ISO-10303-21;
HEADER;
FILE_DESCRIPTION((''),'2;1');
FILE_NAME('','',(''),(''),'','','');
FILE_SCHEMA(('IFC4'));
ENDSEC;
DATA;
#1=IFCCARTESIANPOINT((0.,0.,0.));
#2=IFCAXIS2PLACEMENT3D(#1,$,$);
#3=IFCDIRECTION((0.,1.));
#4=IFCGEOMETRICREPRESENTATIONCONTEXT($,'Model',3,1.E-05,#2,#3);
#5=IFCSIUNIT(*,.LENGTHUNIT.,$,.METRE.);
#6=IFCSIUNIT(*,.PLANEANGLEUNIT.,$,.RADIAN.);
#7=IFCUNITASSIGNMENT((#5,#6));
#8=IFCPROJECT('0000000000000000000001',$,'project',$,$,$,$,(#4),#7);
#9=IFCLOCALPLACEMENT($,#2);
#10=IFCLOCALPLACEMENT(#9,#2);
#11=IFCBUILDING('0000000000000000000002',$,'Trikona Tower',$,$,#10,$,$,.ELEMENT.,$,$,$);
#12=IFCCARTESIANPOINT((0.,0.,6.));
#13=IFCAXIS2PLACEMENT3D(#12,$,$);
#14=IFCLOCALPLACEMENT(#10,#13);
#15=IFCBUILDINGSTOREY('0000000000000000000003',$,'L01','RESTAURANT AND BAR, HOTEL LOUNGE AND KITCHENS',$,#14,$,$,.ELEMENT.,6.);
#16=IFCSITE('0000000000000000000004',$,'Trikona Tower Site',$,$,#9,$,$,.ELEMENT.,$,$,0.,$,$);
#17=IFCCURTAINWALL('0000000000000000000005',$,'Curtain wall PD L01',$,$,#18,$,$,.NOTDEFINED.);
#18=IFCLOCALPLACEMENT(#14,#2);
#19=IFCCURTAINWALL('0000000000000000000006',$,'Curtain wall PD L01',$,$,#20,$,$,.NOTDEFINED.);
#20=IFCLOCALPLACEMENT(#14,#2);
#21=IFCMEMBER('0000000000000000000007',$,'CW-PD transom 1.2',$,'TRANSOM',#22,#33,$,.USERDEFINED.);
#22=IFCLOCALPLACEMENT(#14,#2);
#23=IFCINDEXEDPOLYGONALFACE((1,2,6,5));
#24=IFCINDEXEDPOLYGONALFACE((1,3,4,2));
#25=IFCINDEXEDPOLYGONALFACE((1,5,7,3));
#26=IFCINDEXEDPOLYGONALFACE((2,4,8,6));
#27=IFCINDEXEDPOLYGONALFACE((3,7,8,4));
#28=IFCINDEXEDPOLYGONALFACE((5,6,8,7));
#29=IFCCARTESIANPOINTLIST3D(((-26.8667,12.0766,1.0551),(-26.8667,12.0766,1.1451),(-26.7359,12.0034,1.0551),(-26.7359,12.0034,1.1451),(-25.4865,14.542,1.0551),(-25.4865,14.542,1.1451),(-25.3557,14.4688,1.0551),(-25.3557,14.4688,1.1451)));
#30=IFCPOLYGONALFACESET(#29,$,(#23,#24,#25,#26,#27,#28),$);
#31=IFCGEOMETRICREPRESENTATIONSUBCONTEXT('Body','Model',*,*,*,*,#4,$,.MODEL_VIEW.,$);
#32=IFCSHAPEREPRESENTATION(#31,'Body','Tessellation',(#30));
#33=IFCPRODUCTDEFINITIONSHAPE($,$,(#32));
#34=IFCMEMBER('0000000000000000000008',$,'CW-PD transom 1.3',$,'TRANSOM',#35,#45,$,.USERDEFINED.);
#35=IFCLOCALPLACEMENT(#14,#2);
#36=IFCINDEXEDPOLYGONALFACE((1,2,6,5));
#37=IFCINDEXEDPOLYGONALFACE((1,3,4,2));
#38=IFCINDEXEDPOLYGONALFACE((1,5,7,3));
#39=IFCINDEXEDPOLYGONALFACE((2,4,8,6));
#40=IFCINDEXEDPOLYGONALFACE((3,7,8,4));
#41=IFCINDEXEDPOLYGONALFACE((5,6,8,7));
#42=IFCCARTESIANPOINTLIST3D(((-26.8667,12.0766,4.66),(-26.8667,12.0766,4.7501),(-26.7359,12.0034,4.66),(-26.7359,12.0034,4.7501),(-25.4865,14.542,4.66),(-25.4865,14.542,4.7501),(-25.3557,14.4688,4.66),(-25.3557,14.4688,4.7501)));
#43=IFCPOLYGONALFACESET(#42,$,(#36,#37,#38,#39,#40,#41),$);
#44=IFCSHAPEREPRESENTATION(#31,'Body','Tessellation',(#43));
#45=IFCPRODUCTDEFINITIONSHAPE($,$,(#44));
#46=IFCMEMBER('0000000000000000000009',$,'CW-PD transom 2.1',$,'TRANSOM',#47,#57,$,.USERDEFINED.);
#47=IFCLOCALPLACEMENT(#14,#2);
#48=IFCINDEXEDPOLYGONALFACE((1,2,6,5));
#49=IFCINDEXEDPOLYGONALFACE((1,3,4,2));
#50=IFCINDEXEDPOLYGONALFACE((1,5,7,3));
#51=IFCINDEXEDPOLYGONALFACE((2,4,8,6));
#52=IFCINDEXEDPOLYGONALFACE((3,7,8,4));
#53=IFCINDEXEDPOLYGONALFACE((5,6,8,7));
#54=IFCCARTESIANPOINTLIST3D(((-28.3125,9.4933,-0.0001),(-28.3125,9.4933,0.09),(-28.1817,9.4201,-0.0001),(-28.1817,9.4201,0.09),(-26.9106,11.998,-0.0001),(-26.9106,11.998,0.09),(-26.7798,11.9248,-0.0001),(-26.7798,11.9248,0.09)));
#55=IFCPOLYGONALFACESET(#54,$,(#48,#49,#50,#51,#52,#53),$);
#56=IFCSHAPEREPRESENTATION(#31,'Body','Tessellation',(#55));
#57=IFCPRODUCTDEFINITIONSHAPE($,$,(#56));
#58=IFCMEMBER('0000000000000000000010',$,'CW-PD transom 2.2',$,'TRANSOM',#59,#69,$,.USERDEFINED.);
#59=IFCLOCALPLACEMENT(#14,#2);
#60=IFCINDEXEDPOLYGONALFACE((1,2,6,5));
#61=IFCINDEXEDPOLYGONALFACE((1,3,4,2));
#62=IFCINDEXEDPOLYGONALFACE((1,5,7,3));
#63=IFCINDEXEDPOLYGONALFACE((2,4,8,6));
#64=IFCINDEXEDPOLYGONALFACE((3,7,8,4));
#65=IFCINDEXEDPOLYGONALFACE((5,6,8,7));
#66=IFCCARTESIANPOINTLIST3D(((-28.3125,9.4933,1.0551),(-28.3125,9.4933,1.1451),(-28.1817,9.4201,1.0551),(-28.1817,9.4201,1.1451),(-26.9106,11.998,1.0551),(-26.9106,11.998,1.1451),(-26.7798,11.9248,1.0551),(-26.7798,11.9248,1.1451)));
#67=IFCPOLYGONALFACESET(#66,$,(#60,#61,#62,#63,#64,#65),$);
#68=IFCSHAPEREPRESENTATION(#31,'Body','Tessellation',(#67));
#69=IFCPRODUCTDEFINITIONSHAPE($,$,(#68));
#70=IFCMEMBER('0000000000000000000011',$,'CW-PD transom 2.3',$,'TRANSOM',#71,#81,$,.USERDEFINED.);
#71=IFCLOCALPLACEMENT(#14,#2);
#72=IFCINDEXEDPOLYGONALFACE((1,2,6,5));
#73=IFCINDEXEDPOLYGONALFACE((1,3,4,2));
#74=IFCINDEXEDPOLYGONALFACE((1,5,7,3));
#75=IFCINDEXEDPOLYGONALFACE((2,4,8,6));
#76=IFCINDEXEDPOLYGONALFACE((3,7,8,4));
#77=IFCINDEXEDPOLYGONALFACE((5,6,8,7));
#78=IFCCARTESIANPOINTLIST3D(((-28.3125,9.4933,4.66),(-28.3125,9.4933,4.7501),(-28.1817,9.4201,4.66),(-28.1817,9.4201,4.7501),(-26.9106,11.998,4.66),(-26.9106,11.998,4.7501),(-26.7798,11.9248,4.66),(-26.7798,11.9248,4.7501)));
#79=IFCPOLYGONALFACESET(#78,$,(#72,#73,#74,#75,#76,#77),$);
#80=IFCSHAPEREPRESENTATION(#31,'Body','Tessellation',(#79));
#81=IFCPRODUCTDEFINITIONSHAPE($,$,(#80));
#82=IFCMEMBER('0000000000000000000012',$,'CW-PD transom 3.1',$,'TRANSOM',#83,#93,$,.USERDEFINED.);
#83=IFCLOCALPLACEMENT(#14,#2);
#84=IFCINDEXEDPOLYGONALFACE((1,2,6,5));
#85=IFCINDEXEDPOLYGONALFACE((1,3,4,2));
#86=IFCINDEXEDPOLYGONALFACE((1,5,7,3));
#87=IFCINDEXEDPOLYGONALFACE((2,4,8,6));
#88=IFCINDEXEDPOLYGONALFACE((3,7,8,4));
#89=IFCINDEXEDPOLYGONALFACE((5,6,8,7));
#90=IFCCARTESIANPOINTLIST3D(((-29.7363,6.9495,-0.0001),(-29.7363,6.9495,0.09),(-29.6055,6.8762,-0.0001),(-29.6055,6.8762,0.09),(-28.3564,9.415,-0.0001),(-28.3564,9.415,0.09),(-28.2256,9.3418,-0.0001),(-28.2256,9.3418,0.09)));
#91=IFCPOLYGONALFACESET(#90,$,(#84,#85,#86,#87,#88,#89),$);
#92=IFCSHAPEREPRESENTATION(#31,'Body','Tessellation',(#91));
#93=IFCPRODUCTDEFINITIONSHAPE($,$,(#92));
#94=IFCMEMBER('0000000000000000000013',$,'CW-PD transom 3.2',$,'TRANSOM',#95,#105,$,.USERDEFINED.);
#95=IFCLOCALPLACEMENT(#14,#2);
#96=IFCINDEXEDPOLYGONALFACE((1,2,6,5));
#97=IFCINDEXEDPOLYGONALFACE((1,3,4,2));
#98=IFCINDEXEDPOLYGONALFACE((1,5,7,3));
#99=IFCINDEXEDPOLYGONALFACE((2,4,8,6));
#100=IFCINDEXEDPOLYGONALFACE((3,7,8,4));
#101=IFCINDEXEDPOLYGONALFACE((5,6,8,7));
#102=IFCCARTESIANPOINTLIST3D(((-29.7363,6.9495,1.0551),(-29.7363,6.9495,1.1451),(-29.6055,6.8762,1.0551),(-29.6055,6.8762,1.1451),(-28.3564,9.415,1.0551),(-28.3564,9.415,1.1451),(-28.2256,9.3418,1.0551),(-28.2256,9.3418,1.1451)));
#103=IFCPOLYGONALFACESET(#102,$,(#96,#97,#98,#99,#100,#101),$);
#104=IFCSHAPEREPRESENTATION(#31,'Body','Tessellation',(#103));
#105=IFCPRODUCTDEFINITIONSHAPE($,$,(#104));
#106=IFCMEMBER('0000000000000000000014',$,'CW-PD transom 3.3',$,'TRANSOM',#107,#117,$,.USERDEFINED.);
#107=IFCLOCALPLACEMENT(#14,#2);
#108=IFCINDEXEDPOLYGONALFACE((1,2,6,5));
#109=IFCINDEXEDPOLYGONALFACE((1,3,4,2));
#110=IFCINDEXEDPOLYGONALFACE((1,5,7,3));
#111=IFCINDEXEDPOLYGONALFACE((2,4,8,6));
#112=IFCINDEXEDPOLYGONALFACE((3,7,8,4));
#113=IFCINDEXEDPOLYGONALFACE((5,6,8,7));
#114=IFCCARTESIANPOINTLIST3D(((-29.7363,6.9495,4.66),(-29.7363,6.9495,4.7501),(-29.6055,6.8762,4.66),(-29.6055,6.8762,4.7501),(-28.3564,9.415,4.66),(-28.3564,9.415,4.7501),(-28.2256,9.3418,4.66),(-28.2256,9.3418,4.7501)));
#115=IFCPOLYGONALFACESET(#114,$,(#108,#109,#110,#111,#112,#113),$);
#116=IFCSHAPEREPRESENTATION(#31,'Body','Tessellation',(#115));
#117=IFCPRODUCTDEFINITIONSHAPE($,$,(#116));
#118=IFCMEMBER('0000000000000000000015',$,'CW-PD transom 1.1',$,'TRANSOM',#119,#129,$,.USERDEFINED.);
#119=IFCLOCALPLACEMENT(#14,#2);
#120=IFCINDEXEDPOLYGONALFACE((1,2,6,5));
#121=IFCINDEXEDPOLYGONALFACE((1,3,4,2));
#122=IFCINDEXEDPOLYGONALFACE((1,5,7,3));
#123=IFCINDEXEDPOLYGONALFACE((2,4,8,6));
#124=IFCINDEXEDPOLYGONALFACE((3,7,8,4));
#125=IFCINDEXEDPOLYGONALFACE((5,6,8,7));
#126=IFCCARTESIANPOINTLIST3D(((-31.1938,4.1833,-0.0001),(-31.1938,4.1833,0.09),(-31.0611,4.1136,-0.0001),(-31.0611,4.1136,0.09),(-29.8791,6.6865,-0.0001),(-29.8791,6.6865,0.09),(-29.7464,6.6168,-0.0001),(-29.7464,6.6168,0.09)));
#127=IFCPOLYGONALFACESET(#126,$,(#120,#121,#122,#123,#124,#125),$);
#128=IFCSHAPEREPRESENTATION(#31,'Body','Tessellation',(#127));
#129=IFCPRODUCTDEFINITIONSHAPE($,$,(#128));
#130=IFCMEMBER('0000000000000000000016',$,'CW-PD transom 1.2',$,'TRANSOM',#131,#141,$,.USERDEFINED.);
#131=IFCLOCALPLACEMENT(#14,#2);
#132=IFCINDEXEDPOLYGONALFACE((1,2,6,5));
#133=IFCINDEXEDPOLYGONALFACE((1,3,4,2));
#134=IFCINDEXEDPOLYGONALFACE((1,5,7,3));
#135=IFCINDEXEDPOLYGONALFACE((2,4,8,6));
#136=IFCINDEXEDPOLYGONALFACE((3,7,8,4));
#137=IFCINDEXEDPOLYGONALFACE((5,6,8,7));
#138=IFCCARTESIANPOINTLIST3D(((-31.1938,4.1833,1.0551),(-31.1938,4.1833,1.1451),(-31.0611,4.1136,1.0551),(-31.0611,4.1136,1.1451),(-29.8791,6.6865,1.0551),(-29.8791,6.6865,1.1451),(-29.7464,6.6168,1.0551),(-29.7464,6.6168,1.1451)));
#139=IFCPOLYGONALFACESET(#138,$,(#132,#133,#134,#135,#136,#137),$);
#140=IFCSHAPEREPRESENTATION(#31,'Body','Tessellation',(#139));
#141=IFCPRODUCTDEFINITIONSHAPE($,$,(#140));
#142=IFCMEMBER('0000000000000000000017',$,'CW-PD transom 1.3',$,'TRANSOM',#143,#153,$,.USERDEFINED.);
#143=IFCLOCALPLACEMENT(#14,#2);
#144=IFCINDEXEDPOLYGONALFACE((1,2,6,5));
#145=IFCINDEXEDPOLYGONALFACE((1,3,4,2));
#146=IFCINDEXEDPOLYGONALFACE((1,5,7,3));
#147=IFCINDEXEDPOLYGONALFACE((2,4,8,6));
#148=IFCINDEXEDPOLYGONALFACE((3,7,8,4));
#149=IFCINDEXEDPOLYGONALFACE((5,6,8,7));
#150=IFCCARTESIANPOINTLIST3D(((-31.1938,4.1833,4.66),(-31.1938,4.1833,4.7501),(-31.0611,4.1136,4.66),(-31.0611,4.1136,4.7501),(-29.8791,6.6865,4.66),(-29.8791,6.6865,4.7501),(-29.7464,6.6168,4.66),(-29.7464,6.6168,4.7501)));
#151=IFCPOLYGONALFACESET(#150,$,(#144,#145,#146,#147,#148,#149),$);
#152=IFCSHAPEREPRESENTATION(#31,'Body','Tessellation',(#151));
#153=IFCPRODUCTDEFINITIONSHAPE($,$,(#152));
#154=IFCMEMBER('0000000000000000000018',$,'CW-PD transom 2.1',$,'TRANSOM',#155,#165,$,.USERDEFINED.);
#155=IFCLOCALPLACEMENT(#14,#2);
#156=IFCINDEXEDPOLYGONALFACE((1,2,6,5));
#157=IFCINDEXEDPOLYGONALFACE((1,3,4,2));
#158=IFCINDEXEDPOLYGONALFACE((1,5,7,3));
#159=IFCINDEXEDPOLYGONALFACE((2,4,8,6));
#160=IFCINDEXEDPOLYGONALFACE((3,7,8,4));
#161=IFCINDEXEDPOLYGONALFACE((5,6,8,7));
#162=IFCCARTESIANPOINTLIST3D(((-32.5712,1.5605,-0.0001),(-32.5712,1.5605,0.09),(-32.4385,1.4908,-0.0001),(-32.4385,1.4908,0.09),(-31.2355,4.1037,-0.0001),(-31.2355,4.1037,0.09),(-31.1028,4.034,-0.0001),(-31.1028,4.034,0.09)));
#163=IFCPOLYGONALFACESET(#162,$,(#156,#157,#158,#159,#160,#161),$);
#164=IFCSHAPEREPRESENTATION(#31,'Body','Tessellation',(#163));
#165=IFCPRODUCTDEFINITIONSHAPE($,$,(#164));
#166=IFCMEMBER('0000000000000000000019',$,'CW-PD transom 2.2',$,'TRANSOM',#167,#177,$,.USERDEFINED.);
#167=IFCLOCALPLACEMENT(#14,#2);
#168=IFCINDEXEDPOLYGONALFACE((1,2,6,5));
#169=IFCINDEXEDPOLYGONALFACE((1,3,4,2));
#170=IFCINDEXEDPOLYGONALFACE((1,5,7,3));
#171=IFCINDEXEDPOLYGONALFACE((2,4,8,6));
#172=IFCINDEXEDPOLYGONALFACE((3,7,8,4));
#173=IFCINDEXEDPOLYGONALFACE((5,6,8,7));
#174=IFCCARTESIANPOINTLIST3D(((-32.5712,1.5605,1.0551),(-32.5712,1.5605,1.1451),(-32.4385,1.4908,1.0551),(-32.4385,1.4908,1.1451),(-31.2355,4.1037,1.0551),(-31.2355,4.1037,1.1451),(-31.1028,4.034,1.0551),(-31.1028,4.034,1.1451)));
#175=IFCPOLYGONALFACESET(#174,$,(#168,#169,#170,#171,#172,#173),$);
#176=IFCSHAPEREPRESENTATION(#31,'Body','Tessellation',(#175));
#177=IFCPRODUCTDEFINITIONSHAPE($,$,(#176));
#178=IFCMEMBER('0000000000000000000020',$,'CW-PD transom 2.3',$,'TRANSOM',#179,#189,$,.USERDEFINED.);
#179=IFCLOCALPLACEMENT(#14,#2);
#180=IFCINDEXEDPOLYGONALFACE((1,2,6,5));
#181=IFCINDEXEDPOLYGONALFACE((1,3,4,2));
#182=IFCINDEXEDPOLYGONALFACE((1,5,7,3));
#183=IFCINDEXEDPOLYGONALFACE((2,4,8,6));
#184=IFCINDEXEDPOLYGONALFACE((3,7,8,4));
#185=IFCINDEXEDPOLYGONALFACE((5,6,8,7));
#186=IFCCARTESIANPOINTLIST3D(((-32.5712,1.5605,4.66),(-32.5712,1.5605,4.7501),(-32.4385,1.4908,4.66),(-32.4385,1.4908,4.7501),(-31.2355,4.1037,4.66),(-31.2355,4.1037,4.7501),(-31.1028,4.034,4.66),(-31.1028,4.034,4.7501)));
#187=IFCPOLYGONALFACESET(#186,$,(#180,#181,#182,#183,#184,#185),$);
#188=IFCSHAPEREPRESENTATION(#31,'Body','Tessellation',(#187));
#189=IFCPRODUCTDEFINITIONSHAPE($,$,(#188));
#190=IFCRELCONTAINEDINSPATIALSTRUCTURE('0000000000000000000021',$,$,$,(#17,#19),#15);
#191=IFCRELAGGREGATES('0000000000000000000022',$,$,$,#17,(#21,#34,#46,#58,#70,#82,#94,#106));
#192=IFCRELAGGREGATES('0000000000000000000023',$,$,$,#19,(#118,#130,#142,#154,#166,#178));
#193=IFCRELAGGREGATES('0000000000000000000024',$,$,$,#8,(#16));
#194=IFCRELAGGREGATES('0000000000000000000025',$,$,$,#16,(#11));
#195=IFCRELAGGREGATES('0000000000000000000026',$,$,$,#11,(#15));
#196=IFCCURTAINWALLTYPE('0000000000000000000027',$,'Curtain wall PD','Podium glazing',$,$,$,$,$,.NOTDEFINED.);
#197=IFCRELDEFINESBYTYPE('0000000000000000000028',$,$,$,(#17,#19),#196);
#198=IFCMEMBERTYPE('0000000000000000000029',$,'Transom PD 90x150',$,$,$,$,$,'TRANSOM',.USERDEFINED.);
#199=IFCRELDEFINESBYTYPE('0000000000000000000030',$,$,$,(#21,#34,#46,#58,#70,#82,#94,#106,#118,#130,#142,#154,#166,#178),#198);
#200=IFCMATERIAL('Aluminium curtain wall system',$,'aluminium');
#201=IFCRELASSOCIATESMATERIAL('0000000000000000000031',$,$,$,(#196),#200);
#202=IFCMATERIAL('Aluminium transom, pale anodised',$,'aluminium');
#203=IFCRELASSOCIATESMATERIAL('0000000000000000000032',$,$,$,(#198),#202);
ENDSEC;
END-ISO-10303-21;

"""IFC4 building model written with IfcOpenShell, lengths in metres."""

from ifc_helpers import new_model, si_unit, direction, frame, origin, origin_2d, place, context, subcontext, project, spatial, rectangle, extrude, material, material_profile, profile_set, type_object, element, aggregate, save


model = new_model("IFC4")

# Units and contexts
model_context = context("Model", 3, precision=1e-05, world=origin(), true_north=direction((0.0, 1.0)))
body_context = subcontext(model_context, "Body", "Model", "MODEL_VIEW")
ifc_project = project(units=[si_unit("LENGTHUNIT", "METRE"), si_unit("PLANEANGLEUNIT", "RADIAN")], contexts=[model_context])

# Site, building, storey
site_placement = place(None, origin())
site = spatial("IfcSite", under=ifc_project, at=site_placement, Name="Trikona Tower Site", CompositionType="ELEMENT", RefElevation=0.0)
building_placement = place(site_placement, origin())
building = spatial("IfcBuilding", under=site, at=building_placement, Name="Trikona Tower", CompositionType="ELEMENT")
storey_placement = place(building_placement, frame((0.0, 0.0, 6.0)))
storey = spatial("IfcBuildingStorey", under=building, at=storey_placement, Name="L01", Description="RESTAURANT AND BAR, HOTEL LOUNGE AND KITCHENS", CompositionType="ELEMENT", Elevation=6.0)

# Shared definitions
ifc_material_1 = material(Name="Aluminium curtain wall system", Category="aluminium")
curtain_wall_type = type_object("IfcCurtainWallType", Name="Curtain wall PD", Description="Podium glazing", PredefinedType="NOTDEFINED", material=ifc_material_1)

# Curtain walls
curtain_wall_1_placement = place(storey_placement, origin())
curtain_wall_1 = element("IfcCurtainWall", 1, at=curtain_wall_1_placement, inside=storey, type_object=curtain_wall_type, Name="Curtain wall PD L01", PredefinedType="NOTDEFINED")
curtain_wall_2_placement = place(storey_placement, origin())
curtain_wall_2 = element("IfcCurtainWall", 2, at=curtain_wall_2_placement, inside=storey, type_object=curtain_wall_type, Name="Curtain wall PD L01", PredefinedType="NOTDEFINED")

# Members
ifc_material_2 = material(Name="Aluminium transom, pale anodised", Category="aluminium")
ifc_material_profile_1 = material_profile(ifc_material_2, rectangle(XDim=0.1499, YDim=0.0901, at=origin_2d()), Name="TRN-PD")
ifc_profile_set_1 = profile_set([ifc_material_profile_1], Name="Aluminium transom, pale anodised")
member_type_1 = type_object("IfcMemberType", Name="Transom PD 90x150", ElementType="TRANSOM", PredefinedType="USERDEFINED", material=ifc_profile_set_1)
member_1_placement = place(storey_placement, frame((-25.4211, 14.5054, 1.1001), z_axis=(-0.48848, -0.872575, 0.0), x_axis=(0.872575, -0.48848, 0.0)))
member_1 = element("IfcMember", 3, at=member_1_placement, type_object=member_type_1, Name="CW-PD transom 1.2", ObjectType="TRANSOM", PredefinedType="USERDEFINED", context=body_context, shape_type="SweptSolid", body=[
    extrude(rectangle(XDim=0.1499, YDim=0.0901, at=origin_2d()), origin(), (0.0, 0.0, 1.0), 2.8254),
])
member_2_placement = place(storey_placement, frame((-25.4211, 14.5054, 4.7051), z_axis=(-0.48848, -0.872575, 0.0), x_axis=(0.872575, -0.48848, 0.0)))
member_2 = element("IfcMember", 4, at=member_2_placement, type_object=member_type_1, Name="CW-PD transom 1.3", ObjectType="TRANSOM", PredefinedType="USERDEFINED", context=body_context, shape_type="SweptSolid", body=[
    extrude(rectangle(XDim=0.1499, YDim=0.0901, at=origin_2d()), origin(), (0.0, 0.0, 1.0), 2.8254),
])
member_3_placement = place(storey_placement, frame((-26.8452, 11.9614, 0.0449), z_axis=(-0.488407, -0.872616, 0.0), x_axis=(0.872616, -0.488407, 0.0)))
member_3 = element("IfcMember", 5, at=member_3_placement, type_object=member_type_1, Name="CW-PD transom 2.1", ObjectType="TRANSOM", PredefinedType="USERDEFINED", context=body_context, shape_type="SweptSolid", body=[
    extrude(rectangle(XDim=0.1499, YDim=0.0901, at=origin_2d()), origin(), (0.0, 0.0, 1.0), 2.8704),
])
member_4_placement = place(storey_placement, frame((-26.8452, 11.9614, 1.1001), z_axis=(-0.488407, -0.872616, 0.0), x_axis=(0.872616, -0.488407, 0.0)))
member_4 = element("IfcMember", 6, at=member_4_placement, type_object=member_type_1, Name="CW-PD transom 2.2", ObjectType="TRANSOM", PredefinedType="USERDEFINED", context=body_context, shape_type="SweptSolid", body=[
    extrude(rectangle(XDim=0.1499, YDim=0.0901, at=origin_2d()), origin(), (0.0, 0.0, 1.0), 2.8704),
])
member_5_placement = place(storey_placement, frame((-26.8452, 11.9614, 4.7051), z_axis=(-0.488407, -0.872616, 0.0), x_axis=(0.872616, -0.488407, 0.0)))
member_5 = element("IfcMember", 7, at=member_5_placement, type_object=member_type_1, Name="CW-PD transom 2.3", ObjectType="TRANSOM", PredefinedType="USERDEFINED", context=body_context, shape_type="SweptSolid", body=[
    extrude(rectangle(XDim=0.1499, YDim=0.0901, at=origin_2d()), origin(), (0.0, 0.0, 1.0), 2.8704),
])
member_6_placement = place(storey_placement, frame((-28.291, 9.3784, 0.0449), z_axis=(-0.488377, -0.872633, 0.0), x_axis=(0.872633, -0.488377, 0.0)))
member_6 = element("IfcMember", 8, at=member_6_placement, type_object=member_type_1, Name="CW-PD transom 3.1", ObjectType="TRANSOM", PredefinedType="USERDEFINED", context=body_context, shape_type="SweptSolid", body=[
    extrude(rectangle(XDim=0.1499, YDim=0.0901, at=origin_2d()), origin(), (0.0, 0.0, 1.0), 2.8254),
])
member_7_placement = place(storey_placement, frame((-28.291, 9.3784, 1.1001), z_axis=(-0.488377, -0.872633, 0.0), x_axis=(0.872633, -0.488377, 0.0)))
member_7 = element("IfcMember", 9, at=member_7_placement, type_object=member_type_1, Name="CW-PD transom 3.2", ObjectType="TRANSOM", PredefinedType="USERDEFINED", context=body_context, shape_type="SweptSolid", body=[
    extrude(rectangle(XDim=0.1499, YDim=0.0901, at=origin_2d()), origin(), (0.0, 0.0, 1.0), 2.8254),
])
member_8_placement = place(storey_placement, frame((-28.291, 9.3784, 4.7051), z_axis=(-0.488377, -0.872633, 0.0), x_axis=(0.872633, -0.488377, 0.0)))
member_8 = element("IfcMember", 10, at=member_8_placement, type_object=member_type_1, Name="CW-PD transom 3.3", ObjectType="TRANSOM", PredefinedType="USERDEFINED", context=body_context, shape_type="SweptSolid", body=[
    extrude(rectangle(XDim=0.1499, YDim=0.0901, at=origin_2d()), origin(), (0.0, 0.0, 1.0), 2.8254),
])
member_9_placement = place(storey_placement, frame((-29.8127, 6.6516, 0.0449), z_axis=(-0.464981, -0.885321, 0.0), x_axis=(0.885321, -0.464981, 0.0)))
member_9 = element("IfcMember", 11, at=member_9_placement, type_object=member_type_1, Name="CW-PD transom 1.1", ObjectType="TRANSOM", PredefinedType="USERDEFINED", context=body_context, shape_type="SweptSolid", body=[
    extrude(rectangle(XDim=0.1499, YDim=0.0901, at=origin_2d()), origin(), (0.0, 0.0, 1.0), 2.8274),
])
member_10_placement = place(storey_placement, frame((-29.8127, 6.6516, 1.1001), z_axis=(-0.464981, -0.885321, 0.0), x_axis=(0.885321, -0.464981, 0.0)))
member_10 = element("IfcMember", 12, at=member_10_placement, type_object=member_type_1, Name="CW-PD transom 1.2", ObjectType="TRANSOM", PredefinedType="USERDEFINED", context=body_context, shape_type="SweptSolid", body=[
    extrude(rectangle(XDim=0.1499, YDim=0.0901, at=origin_2d()), origin(), (0.0, 0.0, 1.0), 2.8274),
])
member_11_placement = place(storey_placement, frame((-29.8127, 6.6516, 4.7051), z_axis=(-0.464981, -0.885321, 0.0), x_axis=(0.885321, -0.464981, 0.0)))
member_11 = element("IfcMember", 13, at=member_11_placement, type_object=member_type_1, Name="CW-PD transom 1.3", ObjectType="TRANSOM", PredefinedType="USERDEFINED", context=body_context, shape_type="SweptSolid", body=[
    extrude(rectangle(XDim=0.1499, YDim=0.0901, at=origin_2d()), origin(), (0.0, 0.0, 1.0), 2.8274),
])
member_12_placement = place(storey_placement, frame((-31.1692, 4.0688, 0.0449), z_axis=(-0.464972, -0.885325, 0.0), x_axis=(0.885325, -0.464972, 0.0)))
member_12 = element("IfcMember", 14, at=member_12_placement, type_object=member_type_1, Name="CW-PD transom 2.1", ObjectType="TRANSOM", PredefinedType="USERDEFINED", context=body_context, shape_type="SweptSolid", body=[
    extrude(rectangle(XDim=0.1499, YDim=0.0901, at=origin_2d()), origin(), (0.0, 0.0, 1.0), 2.8726),
])
member_13_placement = place(storey_placement, frame((-31.1692, 4.0688, 1.1001), z_axis=(-0.464972, -0.885325, 0.0), x_axis=(0.885325, -0.464972, 0.0)))
member_13 = element("IfcMember", 15, at=member_13_placement, type_object=member_type_1, Name="CW-PD transom 2.2", ObjectType="TRANSOM", PredefinedType="USERDEFINED", context=body_context, shape_type="SweptSolid", body=[
    extrude(rectangle(XDim=0.1499, YDim=0.0901, at=origin_2d()), origin(), (0.0, 0.0, 1.0), 2.8726),
])
member_14_placement = place(storey_placement, frame((-31.1692, 4.0688, 4.7051), z_axis=(-0.464972, -0.885325, 0.0), x_axis=(0.885325, -0.464972, 0.0)))
member_14 = element("IfcMember", 16, at=member_14_placement, type_object=member_type_1, Name="CW-PD transom 2.3", ObjectType="TRANSOM", PredefinedType="USERDEFINED", context=body_context, shape_type="SweptSolid", body=[
    extrude(rectangle(XDim=0.1499, YDim=0.0901, at=origin_2d()), origin(), (0.0, 0.0, 1.0), 2.8726),
])

aggregate(curtain_wall_1, [member_1, member_2, member_3, member_4, member_5, member_6, member_7, member_8])
aggregate(curtain_wall_2, [member_9, member_10, member_11, member_12, member_13, member_14])

save(model, "model.ifc")
